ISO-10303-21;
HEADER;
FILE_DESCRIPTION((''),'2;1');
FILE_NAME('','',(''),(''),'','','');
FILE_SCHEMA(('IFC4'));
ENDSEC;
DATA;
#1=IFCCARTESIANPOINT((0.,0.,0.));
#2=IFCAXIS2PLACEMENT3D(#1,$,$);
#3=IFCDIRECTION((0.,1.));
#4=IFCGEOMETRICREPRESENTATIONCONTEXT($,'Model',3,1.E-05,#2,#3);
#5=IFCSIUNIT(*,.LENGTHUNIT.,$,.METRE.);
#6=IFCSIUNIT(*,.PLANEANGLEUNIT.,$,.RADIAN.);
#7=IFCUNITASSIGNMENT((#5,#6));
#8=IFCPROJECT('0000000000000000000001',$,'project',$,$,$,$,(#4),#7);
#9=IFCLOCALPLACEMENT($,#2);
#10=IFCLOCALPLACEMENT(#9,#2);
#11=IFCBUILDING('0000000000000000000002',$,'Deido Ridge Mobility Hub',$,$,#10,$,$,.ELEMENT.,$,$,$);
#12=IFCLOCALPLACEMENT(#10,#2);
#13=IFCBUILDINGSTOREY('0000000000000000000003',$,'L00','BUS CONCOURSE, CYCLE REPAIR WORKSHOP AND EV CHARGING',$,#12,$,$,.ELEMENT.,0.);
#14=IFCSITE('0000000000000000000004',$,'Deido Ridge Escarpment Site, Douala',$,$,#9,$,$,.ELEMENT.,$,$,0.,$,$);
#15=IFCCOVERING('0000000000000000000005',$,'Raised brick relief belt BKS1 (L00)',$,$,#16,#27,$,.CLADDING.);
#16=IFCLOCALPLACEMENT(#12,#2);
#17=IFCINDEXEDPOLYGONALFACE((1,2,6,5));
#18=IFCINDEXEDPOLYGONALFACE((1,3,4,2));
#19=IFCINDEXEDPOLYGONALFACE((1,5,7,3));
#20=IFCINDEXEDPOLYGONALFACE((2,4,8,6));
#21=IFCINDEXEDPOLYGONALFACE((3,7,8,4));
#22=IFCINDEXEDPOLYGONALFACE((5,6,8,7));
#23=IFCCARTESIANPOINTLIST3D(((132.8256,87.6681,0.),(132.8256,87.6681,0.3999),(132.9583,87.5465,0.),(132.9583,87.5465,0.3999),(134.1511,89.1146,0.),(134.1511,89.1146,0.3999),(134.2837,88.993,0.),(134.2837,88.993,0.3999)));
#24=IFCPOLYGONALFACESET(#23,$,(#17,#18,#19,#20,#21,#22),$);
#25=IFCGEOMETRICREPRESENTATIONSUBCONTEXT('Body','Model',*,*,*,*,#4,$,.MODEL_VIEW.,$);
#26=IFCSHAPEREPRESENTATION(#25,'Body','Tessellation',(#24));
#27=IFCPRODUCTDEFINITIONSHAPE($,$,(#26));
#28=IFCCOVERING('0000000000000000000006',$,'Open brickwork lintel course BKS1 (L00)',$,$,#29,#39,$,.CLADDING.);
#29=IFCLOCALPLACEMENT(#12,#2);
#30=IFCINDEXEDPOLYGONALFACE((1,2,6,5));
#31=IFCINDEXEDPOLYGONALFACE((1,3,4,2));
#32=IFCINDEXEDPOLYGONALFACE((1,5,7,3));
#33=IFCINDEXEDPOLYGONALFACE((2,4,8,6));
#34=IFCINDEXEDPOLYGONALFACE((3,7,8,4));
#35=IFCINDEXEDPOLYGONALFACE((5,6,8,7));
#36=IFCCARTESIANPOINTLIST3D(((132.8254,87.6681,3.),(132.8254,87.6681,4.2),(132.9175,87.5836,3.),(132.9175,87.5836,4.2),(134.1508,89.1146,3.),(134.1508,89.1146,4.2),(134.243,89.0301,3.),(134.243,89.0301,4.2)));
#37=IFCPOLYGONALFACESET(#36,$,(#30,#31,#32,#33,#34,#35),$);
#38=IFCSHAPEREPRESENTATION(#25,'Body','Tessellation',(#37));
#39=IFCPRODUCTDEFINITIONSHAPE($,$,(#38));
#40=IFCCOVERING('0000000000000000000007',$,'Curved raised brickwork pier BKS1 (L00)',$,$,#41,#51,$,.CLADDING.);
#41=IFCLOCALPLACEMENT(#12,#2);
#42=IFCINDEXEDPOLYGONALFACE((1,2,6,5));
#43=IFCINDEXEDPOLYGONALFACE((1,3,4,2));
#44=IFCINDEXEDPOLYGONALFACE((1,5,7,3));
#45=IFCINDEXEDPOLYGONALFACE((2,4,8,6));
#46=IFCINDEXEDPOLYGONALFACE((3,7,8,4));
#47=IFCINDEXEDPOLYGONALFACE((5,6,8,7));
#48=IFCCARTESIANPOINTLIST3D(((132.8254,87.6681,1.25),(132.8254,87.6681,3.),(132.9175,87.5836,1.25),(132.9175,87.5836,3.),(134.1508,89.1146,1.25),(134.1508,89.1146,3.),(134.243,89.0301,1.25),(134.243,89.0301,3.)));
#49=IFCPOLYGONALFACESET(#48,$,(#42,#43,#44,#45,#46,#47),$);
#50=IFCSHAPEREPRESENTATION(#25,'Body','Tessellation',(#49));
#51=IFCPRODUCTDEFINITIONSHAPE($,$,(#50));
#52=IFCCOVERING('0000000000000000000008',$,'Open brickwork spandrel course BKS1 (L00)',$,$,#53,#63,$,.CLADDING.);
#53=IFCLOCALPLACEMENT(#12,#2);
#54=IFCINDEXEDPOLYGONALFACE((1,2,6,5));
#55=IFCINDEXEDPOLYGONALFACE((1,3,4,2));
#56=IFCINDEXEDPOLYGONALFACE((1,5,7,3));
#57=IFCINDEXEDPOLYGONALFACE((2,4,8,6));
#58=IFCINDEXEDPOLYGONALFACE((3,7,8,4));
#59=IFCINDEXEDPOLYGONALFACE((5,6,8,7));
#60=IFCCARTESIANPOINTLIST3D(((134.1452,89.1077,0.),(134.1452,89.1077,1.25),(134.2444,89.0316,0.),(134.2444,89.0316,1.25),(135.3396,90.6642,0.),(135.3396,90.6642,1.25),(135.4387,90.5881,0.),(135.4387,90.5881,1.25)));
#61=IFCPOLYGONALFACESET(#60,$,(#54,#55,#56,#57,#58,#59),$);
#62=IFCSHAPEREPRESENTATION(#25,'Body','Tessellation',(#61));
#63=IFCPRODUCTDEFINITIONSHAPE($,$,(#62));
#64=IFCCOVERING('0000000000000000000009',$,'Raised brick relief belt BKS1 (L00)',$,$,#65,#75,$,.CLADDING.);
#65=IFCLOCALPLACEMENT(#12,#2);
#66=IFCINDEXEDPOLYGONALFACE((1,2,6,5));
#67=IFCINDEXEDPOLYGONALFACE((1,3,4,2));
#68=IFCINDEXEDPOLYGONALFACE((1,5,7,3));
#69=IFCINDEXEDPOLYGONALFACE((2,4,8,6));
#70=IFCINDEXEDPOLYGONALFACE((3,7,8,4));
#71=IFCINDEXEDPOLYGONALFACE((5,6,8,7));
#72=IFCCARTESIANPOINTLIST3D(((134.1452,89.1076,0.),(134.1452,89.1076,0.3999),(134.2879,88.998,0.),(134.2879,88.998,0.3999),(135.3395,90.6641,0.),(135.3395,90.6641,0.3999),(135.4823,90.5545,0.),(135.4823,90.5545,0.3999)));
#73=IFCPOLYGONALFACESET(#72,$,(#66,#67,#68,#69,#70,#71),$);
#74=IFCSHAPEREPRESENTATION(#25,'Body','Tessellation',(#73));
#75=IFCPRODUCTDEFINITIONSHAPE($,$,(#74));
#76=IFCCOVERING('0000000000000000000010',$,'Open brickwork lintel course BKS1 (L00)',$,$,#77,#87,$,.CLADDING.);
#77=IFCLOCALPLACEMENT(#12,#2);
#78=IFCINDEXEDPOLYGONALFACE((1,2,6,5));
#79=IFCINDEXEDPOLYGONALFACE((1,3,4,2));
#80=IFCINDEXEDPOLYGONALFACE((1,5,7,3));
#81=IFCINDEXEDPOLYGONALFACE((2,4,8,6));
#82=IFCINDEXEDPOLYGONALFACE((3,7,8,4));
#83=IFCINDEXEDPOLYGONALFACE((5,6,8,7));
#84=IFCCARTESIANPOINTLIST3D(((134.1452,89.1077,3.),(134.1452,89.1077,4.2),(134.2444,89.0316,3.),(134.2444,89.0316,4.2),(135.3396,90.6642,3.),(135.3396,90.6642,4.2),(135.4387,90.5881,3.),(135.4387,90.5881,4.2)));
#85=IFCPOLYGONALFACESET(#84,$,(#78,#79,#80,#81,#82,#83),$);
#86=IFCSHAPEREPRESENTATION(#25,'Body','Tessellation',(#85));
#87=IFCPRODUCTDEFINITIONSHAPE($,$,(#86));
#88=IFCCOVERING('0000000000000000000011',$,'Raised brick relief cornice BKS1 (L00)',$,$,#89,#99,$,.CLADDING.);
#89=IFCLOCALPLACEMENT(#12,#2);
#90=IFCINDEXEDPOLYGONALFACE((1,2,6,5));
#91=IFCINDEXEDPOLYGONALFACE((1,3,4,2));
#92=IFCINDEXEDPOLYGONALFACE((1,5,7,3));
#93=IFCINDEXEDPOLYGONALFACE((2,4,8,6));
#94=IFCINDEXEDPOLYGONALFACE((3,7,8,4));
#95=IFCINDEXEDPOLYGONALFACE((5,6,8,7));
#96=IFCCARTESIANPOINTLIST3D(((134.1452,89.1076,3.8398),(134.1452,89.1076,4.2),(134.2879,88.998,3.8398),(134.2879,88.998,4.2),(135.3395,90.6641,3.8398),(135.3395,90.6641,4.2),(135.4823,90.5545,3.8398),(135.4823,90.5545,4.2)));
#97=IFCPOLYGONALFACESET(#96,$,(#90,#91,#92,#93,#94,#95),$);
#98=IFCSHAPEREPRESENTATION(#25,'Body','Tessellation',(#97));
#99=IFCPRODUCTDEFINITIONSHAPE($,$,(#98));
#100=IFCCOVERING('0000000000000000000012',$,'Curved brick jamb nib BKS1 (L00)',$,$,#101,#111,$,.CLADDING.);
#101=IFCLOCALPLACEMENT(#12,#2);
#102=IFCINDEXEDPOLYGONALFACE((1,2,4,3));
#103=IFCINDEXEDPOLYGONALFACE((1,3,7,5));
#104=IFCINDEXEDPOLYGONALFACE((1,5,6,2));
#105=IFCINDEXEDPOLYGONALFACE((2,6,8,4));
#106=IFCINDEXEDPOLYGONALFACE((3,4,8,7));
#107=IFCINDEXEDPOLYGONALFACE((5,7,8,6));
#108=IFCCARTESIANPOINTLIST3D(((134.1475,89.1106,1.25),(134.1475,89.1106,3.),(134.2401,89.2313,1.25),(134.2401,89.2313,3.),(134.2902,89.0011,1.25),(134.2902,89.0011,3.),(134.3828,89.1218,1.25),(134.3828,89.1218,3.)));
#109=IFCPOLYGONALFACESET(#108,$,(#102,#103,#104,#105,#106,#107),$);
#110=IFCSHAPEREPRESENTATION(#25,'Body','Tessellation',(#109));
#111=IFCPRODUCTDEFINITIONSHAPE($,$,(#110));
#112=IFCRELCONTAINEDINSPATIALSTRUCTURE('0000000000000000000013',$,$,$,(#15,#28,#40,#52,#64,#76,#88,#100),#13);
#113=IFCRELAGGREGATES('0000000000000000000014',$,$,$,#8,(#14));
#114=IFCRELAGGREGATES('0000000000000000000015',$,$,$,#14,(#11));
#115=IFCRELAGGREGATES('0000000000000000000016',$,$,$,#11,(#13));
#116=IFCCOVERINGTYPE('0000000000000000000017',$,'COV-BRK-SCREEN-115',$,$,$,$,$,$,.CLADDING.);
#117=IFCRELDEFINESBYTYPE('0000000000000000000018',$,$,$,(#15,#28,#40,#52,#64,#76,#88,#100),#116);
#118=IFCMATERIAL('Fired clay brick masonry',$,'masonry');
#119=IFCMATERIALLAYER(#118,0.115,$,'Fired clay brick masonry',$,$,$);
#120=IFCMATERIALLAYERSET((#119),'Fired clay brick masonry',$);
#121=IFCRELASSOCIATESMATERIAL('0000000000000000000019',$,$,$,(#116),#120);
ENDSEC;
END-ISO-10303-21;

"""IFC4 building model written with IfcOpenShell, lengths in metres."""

from ifc_helpers import new_model, si_unit, direction, frame, origin, origin_2d, place, context, subcontext, project, spatial, rectangle, extrude, material, layer, layer_set, type_object, element, save


model = new_model("IFC4")

# Units and contexts
model_context = context("Model", 3, precision=1e-05, world=origin(), true_north=direction((0.0, 1.0)))
body_context = subcontext(model_context, "Body", "Model", "MODEL_VIEW")
ifc_project = project(units=[si_unit("LENGTHUNIT", "METRE"), si_unit("PLANEANGLEUNIT", "RADIAN")], contexts=[model_context])

# Site, building, storey
site_placement = place(None, origin())
site = spatial("IfcSite", under=ifc_project, at=site_placement, Name="Deido Ridge Escarpment Site, Douala", CompositionType="ELEMENT", RefElevation=0.0)
building_placement = place(site_placement, origin())
building = spatial("IfcBuilding", under=site, at=building_placement, Name="Deido Ridge Mobility Hub", CompositionType="ELEMENT")
storey_placement = place(building_placement, origin())
storey = spatial("IfcBuildingStorey", under=building, at=storey_placement, Name="L00", Description="BUS CONCOURSE, CYCLE REPAIR WORKSHOP AND EV CHARGING", CompositionType="ELEMENT", Elevation=0.0)

# Shared definitions
ifc_material_1 = material(Name="Fired clay brick masonry", Category="masonry")

# Coverings
ifc_layer_1 = layer(ifc_material_1, 0.115, Name="Fired clay brick masonry")
ifc_layer_set_1 = layer_set([ifc_layer_1], Name="Fired clay brick masonry")
covering_type = type_object("IfcCoveringType", Name="COV-BRK-SCREEN-115", PredefinedType="CLADDING", material=ifc_layer_set_1)
covering_1_placement = place(storey_placement, frame((133.5547, 88.3306, 0.0), z_axis=(0.0, 0.0, 1.0), x_axis=(0.675577, 0.737289, 0.0)))
element("IfcCovering", 1, at=covering_1_placement, inside=storey, type_object=covering_type, Name="Raised brick relief belt BKS1 (L00)", PredefinedType="CLADDING", context=body_context, shape_type="SweptSolid", body=[
    extrude(rectangle(XDim=1.9619, YDim=0.1799, at=origin_2d()), origin(), (0.0, 0.0, 1.0), 0.3999),
])
covering_2_placement = place(storey_placement, frame((133.5342, 88.3491, 3.0), z_axis=(0.0, 0.0, 1.0), x_axis=(0.675577, 0.737289, 0.0)))
element("IfcCovering", 2, at=covering_2_placement, inside=storey, type_object=covering_type, Name="Open brickwork lintel course BKS1 (L00)", PredefinedType="CLADDING", context=body_context, shape_type="SweptSolid", body=[
    extrude(rectangle(XDim=1.9619, YDim=0.125, at=origin_2d()), origin(), (0.0, 0.0, 1.0), 1.2),
])
covering_3_placement = place(storey_placement, frame((133.5342, 88.3491, 1.25), z_axis=(0.0, 0.0, 1.0), x_axis=(0.675577, 0.737289, 0.0)))
element("IfcCovering", 3, at=covering_3_placement, inside=storey, type_object=covering_type, Name="Curved raised brickwork pier BKS1 (L00)", PredefinedType="CLADDING", context=body_context, shape_type="SweptSolid", body=[
    extrude(rectangle(XDim=1.9619, YDim=0.125, at=origin_2d()), origin(), (0.0, 0.0, 1.0), 1.75),
])
covering_4_placement = place(storey_placement, frame((134.792, 89.8479, 0.0), z_axis=(0.0, 0.0, 1.0), x_axis=(0.608761, 0.793353, 0.0)))
element("IfcCovering", 4, at=covering_4_placement, inside=storey, type_object=covering_type, Name="Open brickwork spandrel course BKS1 (L00)", PredefinedType="CLADDING", context=body_context, shape_type="SweptSolid", body=[
    extrude(rectangle(XDim=1.9619, YDim=0.125, at=origin_2d()), origin(), (0.0, 0.0, 1.0), 1.25),
])
covering_5_placement = place(storey_placement, frame((134.8137, 89.8311, 0.0), z_axis=(0.0, 0.0, 1.0), x_axis=(0.608761, 0.793353, 0.0)))
element("IfcCovering", 5, at=covering_5_placement, inside=storey, type_object=covering_type, Name="Raised brick relief belt BKS1 (L00)", PredefinedType="CLADDING", context=body_context, shape_type="SweptSolid", body=[
    extrude(rectangle(XDim=1.9619, YDim=0.1799, at=origin_2d()), origin(), (0.0, 0.0, 1.0), 0.3999),
])
covering_6_placement = place(storey_placement, frame((134.792, 89.8479, 3.0), z_axis=(0.0, 0.0, 1.0), x_axis=(0.608761, 0.793353, 0.0)))
element("IfcCovering", 6, at=covering_6_placement, inside=storey, type_object=covering_type, Name="Open brickwork lintel course BKS1 (L00)", PredefinedType="CLADDING", context=body_context, shape_type="SweptSolid", body=[
    extrude(rectangle(XDim=1.9619, YDim=0.125, at=origin_2d()), origin(), (0.0, 0.0, 1.0), 1.2),
])
covering_7_placement = place(storey_placement, frame((134.8137, 89.8311, 3.8398), z_axis=(0.0, 0.0, 1.0), x_axis=(0.608761, 0.793353, 0.0)))
element("IfcCovering", 7, at=covering_7_placement, inside=storey, type_object=covering_type, Name="Raised brick relief cornice BKS1 (L00)", PredefinedType="CLADDING", context=body_context, shape_type="SweptSolid", body=[
    extrude(rectangle(XDim=1.9619, YDim=0.1799, at=origin_2d()), origin(), (0.0, 0.0, 1.0), 0.3601),
])
covering_8_placement = place(storey_placement, frame((134.2651, 89.1162, 1.25), z_axis=(0.0, 0.0, 1.0), x_axis=(0.608761, 0.793353, 0.0)))
element("IfcCovering", 8, at=covering_8_placement, inside=storey, type_object=covering_type, Name="Curved brick jamb nib BKS1 (L00)", PredefinedType="CLADDING", context=body_context, shape_type="SweptSolid", body=[
    extrude(rectangle(XDim=0.1521, YDim=0.1799, at=origin_2d()), origin(), (0.0, 0.0, 1.0), 1.75),
])

save(model, "model.ifc")
